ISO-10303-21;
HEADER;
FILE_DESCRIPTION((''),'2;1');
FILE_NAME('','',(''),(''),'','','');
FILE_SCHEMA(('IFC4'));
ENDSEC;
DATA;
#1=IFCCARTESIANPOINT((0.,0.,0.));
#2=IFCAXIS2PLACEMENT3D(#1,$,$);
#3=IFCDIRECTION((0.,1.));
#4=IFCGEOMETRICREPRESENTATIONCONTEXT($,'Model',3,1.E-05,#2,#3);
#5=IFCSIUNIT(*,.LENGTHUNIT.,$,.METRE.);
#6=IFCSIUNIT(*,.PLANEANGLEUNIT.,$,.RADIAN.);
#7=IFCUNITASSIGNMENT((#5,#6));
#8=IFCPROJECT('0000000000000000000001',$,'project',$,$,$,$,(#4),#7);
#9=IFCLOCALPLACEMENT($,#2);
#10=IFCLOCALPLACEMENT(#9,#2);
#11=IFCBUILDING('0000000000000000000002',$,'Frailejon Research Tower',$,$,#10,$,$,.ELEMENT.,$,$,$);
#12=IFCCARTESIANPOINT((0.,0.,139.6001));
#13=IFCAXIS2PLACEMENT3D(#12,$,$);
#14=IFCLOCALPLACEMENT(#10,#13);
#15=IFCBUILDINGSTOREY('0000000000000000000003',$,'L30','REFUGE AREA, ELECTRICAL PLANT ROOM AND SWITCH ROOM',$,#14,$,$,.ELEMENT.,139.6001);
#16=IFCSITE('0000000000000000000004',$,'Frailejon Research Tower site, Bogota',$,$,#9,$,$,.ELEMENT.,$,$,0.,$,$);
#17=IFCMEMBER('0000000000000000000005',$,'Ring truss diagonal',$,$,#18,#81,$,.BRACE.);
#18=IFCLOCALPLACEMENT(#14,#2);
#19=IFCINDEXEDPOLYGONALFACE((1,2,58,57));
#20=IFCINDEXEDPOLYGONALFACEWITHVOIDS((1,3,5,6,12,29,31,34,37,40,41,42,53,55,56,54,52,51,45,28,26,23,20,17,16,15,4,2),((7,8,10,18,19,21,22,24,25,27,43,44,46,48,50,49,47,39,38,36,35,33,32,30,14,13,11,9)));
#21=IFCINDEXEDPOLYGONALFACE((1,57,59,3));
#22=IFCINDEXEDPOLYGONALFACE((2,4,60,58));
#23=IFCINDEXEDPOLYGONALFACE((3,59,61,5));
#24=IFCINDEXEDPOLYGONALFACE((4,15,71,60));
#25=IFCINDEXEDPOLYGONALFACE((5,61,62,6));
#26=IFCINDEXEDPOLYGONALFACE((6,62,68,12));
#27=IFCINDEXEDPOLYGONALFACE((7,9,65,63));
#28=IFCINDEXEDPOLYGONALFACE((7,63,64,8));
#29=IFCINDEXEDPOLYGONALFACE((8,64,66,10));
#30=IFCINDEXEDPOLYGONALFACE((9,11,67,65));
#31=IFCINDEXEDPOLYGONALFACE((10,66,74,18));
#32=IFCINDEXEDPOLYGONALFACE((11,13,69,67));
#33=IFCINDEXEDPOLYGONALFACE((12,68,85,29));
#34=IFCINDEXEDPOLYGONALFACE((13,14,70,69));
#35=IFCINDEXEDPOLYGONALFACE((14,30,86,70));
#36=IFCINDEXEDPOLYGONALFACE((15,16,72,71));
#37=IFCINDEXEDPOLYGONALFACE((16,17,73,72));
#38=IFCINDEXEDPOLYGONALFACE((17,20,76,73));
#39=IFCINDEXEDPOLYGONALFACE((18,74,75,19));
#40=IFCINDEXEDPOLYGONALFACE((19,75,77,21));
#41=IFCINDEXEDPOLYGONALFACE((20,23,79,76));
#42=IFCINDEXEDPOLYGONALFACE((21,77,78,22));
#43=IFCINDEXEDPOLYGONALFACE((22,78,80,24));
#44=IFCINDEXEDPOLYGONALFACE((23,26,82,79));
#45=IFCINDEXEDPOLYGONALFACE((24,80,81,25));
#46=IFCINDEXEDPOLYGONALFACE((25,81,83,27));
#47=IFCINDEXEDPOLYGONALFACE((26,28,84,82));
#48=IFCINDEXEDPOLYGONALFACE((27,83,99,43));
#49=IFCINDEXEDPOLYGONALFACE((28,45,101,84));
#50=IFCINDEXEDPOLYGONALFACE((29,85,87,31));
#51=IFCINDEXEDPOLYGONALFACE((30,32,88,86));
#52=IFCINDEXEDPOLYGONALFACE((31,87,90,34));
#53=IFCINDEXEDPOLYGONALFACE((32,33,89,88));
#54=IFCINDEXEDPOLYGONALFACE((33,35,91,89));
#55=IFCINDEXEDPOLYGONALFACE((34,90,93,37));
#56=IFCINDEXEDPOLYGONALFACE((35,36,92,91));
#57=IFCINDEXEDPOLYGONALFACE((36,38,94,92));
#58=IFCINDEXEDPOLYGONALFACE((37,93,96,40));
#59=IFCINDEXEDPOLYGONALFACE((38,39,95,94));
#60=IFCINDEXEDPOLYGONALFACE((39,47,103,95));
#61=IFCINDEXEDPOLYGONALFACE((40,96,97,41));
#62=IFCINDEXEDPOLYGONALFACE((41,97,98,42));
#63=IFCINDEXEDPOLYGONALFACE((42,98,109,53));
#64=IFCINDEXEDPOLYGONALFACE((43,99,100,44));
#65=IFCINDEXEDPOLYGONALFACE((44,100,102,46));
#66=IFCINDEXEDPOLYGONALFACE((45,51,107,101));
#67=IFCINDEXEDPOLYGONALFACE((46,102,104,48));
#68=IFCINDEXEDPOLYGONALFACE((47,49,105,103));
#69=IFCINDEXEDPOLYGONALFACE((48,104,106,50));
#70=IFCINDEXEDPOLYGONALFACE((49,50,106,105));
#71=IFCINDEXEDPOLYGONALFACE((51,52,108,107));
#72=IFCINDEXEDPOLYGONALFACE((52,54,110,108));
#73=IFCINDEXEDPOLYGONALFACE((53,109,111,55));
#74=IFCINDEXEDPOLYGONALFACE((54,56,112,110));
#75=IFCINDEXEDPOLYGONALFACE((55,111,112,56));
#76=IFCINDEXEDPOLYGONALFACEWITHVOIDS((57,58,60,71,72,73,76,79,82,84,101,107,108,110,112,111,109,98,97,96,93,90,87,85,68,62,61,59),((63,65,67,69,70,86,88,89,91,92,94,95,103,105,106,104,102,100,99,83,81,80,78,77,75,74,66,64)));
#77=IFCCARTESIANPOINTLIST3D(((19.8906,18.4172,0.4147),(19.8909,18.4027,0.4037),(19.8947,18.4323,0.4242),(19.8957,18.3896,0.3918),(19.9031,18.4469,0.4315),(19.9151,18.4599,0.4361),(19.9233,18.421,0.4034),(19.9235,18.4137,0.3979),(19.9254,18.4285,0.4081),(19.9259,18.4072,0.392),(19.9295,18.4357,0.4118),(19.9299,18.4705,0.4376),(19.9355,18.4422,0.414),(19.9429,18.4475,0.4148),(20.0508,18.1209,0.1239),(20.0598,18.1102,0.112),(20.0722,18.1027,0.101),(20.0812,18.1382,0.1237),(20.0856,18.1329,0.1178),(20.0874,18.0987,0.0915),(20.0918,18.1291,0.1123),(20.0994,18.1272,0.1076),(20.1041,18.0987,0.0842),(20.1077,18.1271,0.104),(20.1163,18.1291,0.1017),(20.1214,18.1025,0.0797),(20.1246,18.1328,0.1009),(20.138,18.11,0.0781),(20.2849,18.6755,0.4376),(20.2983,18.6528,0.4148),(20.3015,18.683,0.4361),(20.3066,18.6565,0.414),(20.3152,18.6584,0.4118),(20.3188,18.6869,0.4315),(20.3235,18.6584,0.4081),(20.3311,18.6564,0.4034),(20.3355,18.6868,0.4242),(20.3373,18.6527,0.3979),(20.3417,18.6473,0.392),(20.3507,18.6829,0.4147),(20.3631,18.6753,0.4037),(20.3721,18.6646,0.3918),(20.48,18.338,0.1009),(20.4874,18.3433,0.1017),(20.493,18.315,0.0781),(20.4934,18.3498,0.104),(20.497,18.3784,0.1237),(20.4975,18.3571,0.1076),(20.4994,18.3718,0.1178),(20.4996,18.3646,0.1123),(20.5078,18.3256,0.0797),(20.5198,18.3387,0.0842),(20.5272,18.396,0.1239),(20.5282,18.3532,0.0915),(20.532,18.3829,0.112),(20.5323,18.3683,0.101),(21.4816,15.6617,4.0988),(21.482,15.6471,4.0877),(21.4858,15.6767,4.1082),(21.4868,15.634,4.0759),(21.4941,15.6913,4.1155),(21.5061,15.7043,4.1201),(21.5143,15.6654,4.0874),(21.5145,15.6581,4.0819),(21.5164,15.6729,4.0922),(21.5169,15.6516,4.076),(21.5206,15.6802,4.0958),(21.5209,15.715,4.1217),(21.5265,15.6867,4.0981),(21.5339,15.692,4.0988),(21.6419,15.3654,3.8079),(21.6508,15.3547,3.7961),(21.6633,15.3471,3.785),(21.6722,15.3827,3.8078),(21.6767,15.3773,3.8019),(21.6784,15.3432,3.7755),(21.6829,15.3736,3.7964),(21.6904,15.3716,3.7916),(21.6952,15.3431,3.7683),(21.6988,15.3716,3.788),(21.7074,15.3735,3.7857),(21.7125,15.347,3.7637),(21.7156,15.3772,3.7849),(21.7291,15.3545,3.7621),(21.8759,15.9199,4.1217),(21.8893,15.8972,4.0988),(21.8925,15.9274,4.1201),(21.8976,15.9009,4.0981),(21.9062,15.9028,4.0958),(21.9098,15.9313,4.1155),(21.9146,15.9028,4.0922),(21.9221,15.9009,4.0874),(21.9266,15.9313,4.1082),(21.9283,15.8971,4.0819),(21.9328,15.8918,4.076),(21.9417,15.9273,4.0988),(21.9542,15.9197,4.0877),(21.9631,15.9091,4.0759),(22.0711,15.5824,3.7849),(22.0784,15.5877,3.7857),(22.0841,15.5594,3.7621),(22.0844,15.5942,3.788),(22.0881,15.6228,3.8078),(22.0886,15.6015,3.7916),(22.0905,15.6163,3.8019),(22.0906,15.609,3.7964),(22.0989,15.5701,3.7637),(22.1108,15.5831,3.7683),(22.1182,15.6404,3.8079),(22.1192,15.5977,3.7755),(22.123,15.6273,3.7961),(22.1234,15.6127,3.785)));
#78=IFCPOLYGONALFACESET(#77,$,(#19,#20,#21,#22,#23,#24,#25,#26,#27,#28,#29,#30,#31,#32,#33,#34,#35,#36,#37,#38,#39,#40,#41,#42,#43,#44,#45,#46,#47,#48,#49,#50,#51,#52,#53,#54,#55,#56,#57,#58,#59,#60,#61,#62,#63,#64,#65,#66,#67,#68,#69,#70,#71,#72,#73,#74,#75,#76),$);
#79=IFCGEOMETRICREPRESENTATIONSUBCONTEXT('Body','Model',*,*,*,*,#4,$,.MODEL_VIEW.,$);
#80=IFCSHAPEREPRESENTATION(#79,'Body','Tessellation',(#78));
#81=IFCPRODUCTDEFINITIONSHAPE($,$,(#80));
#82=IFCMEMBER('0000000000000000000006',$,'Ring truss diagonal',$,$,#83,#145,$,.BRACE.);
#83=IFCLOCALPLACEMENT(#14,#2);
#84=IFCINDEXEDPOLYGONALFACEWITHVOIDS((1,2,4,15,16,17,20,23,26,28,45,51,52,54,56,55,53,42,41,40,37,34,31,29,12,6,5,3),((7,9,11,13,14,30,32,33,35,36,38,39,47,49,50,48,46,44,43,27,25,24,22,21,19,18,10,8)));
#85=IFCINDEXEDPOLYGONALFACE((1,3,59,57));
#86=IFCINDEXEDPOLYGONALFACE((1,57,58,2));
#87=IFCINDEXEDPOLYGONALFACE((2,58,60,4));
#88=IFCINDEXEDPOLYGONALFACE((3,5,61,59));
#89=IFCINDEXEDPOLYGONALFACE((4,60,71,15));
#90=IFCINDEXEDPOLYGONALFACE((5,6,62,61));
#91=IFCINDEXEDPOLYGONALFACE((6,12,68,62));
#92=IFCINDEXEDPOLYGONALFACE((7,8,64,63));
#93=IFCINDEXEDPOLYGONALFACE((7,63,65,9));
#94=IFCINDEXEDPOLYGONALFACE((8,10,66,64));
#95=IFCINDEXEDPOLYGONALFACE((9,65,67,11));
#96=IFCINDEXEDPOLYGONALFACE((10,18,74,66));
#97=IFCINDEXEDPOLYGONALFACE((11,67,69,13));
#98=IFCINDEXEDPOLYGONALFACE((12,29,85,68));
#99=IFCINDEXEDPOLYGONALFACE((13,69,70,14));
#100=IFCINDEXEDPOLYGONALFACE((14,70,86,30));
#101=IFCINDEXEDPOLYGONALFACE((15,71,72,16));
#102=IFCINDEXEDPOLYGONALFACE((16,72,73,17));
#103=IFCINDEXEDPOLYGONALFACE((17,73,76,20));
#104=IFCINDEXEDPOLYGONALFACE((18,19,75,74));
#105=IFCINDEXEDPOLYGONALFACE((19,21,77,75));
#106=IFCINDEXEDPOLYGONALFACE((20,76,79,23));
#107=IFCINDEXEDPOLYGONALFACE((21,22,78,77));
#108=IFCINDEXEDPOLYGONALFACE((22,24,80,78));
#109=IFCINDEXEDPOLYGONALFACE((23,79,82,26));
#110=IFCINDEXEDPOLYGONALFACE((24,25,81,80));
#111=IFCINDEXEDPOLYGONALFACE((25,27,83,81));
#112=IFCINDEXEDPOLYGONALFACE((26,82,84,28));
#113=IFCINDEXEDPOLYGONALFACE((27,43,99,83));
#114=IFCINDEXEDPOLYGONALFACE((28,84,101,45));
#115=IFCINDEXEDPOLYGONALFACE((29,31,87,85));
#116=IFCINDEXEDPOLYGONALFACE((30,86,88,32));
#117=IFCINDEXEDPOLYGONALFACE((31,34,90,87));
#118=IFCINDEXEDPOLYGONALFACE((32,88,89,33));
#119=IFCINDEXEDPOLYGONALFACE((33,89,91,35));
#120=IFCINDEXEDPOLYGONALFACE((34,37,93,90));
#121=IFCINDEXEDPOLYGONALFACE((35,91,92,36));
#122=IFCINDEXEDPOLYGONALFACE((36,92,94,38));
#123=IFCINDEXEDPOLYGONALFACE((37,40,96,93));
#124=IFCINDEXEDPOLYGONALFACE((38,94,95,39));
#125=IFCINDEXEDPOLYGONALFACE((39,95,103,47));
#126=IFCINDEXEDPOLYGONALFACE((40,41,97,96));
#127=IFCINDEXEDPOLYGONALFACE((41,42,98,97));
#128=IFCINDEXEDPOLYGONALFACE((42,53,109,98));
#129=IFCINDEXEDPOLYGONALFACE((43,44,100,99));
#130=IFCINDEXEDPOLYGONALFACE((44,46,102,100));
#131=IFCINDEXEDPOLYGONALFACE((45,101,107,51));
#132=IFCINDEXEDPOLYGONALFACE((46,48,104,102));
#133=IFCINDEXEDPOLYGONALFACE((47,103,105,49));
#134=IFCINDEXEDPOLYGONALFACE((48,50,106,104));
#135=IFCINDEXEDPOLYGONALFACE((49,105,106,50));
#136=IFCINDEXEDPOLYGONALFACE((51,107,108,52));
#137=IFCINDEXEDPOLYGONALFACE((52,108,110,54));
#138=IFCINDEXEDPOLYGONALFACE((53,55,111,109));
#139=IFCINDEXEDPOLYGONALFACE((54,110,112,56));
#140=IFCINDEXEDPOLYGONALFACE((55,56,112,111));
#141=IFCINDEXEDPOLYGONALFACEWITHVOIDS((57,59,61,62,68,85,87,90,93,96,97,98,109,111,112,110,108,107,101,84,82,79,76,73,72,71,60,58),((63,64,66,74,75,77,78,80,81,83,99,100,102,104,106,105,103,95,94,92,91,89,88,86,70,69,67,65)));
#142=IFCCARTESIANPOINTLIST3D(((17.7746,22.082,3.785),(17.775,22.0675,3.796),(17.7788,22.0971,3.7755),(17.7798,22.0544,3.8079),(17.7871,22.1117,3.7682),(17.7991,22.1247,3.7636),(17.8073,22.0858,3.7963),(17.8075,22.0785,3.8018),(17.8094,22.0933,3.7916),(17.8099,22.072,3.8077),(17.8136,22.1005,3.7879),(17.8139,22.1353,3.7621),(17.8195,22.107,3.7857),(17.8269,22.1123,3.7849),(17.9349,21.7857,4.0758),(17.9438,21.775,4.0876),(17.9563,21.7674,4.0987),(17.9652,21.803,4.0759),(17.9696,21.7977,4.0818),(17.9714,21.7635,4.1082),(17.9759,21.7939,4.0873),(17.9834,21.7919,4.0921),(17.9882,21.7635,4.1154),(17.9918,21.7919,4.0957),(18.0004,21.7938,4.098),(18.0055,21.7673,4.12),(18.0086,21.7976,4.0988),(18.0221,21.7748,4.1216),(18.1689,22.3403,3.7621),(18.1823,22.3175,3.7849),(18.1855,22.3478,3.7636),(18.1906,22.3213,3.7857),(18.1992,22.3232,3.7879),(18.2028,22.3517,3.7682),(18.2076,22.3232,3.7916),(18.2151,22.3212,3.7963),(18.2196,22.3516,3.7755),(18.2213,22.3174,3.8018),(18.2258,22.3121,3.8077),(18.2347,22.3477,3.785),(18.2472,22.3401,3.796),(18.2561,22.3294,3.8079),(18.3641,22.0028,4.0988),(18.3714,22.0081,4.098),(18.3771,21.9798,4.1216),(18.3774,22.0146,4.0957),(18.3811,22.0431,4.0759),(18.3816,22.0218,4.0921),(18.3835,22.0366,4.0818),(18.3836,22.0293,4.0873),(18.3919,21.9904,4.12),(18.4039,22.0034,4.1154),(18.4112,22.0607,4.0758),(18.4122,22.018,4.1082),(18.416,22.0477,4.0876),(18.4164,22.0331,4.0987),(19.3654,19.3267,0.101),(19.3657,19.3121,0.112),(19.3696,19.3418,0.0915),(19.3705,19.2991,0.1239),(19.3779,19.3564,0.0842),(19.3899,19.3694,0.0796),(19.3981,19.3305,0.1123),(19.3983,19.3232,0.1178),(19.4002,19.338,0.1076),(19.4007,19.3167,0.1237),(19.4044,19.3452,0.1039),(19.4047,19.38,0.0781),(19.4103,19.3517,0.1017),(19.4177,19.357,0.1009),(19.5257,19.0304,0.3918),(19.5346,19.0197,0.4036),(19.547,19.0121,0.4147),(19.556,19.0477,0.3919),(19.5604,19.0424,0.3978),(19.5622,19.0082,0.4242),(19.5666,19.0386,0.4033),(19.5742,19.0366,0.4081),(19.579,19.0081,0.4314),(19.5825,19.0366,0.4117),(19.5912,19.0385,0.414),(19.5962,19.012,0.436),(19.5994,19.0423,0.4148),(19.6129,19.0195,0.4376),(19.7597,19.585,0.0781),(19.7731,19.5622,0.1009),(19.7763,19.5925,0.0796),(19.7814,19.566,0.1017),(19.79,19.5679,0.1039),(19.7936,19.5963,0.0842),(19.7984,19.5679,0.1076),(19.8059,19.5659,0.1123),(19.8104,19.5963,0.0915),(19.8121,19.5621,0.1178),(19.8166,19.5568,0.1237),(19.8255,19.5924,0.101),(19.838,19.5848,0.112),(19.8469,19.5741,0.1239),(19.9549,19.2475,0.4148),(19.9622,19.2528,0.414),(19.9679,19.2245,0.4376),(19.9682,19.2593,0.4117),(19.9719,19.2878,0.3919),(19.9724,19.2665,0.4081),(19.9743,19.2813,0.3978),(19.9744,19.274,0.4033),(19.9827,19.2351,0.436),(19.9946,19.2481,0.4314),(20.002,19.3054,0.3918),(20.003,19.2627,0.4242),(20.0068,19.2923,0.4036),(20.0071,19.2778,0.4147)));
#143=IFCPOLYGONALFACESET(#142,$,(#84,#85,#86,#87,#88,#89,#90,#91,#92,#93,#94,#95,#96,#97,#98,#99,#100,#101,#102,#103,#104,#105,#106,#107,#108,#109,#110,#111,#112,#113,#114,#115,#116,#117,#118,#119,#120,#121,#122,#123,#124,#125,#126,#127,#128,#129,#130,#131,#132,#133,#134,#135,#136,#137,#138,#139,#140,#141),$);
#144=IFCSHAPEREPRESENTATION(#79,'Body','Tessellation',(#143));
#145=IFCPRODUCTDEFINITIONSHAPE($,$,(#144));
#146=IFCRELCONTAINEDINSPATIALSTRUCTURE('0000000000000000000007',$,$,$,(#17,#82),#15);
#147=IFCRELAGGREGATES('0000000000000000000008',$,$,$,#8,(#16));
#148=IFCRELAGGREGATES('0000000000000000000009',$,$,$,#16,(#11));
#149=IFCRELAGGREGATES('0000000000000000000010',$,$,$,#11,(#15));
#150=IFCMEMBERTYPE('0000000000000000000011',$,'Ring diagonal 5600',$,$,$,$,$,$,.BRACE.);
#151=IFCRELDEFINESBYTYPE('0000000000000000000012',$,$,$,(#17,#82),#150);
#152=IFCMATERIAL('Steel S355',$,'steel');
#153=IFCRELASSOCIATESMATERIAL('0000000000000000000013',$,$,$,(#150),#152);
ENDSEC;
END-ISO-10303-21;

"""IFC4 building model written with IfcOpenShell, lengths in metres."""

from ifc_helpers import new_model, si_unit, direction, frame, origin, origin_2d, place, context, subcontext, project, spatial, hollow_rectangle, extrude, material, material_profile, profile_set, type_object, element, save


model = new_model("IFC4")

# Units and contexts
model_context = context("Model", 3, precision=1e-05, world=origin(), true_north=direction((0.0, 1.0)))
body_context = subcontext(model_context, "Body", "Model", "MODEL_VIEW")
ifc_project = project(units=[si_unit("LENGTHUNIT", "METRE"), si_unit("PLANEANGLEUNIT", "RADIAN")], contexts=[model_context])

# Site, building, storey
site_placement = place(None, origin())
site = spatial("IfcSite", under=ifc_project, at=site_placement, Name="Frailejon Research Tower site, Bogota", CompositionType="ELEMENT", RefElevation=0.0)
building_placement = place(site_placement, origin())
building = spatial("IfcBuilding", under=site, at=building_placement, Name="Frailejon Research Tower", CompositionType="ELEMENT")
storey_placement = place(building_placement, frame((0.0, 0.0, 139.6001)))
storey = spatial("IfcBuildingStorey", under=building, at=storey_placement, Name="L30", Description="REFUGE AREA, ELECTRICAL PLANT ROOM AND SWITCH ROOM", CompositionType="ELEMENT", Elevation=139.6001)

# Members
ifc_material_1 = material(Name="Steel S355", Category="steel")
ifc_material_profile_1 = material_profile(ifc_material_1, hollow_rectangle(XDim=0.55, YDim=0.55, WallThickness=0.0349, InnerFilletRadius=0.0349, OuterFilletRadius=0.0701, at=origin_2d()), Name="Ring diagonal 5600")
ifc_profile_set_1 = profile_set([ifc_material_profile_1], Name="Steel S355")
member_type = type_object("IfcMemberType", Name="Ring diagonal 5600", PredefinedType="BRACE", material=ifc_profile_set_1)
for number, where, z_axis, x_axis, name in (
    (1, (21.8025, 15.6372, 3.9419), (-0.326842, 0.566068, -0.756797), (-0.866011, -0.500026, 0.0), "Ring truss diagonal"),
):
    element("IfcMember", number, at=place(storey_placement, frame(where, z_axis=z_axis, x_axis=x_axis)), inside=storey, type_object=member_type, Name=name, PredefinedType="BRACE", context=body_context, shape_type="SweptSolid", body=[
        extrude(hollow_rectangle(XDim=0.55, YDim=0.55, WallThickness=0.0349, InnerFilletRadius=0.0349, OuterFilletRadius=0.0701, at=origin_2d()), origin(), (0.0, 0.0, 1.0), 4.8679),
    ])
member_1_placement = place(storey_placement, frame((19.6863, 19.3022, 0.2578), z_axis=(-0.326806, 0.566043, 0.756831), x_axis=(-0.866025, -0.500001, 0.0)))
element("IfcMember", 2, at=member_1_placement, inside=storey, type_object=member_type, Name="Ring truss diagonal", PredefinedType="BRACE", context=body_context, shape_type="SweptSolid", body=[
    extrude(hollow_rectangle(XDim=0.55, YDim=0.55, WallThickness=0.0349, InnerFilletRadius=0.0349, OuterFilletRadius=0.0701, at=origin_2d()), origin(), (0.0, 0.0, 1.0), 4.8677),
])

save(model, "model.ifc")
